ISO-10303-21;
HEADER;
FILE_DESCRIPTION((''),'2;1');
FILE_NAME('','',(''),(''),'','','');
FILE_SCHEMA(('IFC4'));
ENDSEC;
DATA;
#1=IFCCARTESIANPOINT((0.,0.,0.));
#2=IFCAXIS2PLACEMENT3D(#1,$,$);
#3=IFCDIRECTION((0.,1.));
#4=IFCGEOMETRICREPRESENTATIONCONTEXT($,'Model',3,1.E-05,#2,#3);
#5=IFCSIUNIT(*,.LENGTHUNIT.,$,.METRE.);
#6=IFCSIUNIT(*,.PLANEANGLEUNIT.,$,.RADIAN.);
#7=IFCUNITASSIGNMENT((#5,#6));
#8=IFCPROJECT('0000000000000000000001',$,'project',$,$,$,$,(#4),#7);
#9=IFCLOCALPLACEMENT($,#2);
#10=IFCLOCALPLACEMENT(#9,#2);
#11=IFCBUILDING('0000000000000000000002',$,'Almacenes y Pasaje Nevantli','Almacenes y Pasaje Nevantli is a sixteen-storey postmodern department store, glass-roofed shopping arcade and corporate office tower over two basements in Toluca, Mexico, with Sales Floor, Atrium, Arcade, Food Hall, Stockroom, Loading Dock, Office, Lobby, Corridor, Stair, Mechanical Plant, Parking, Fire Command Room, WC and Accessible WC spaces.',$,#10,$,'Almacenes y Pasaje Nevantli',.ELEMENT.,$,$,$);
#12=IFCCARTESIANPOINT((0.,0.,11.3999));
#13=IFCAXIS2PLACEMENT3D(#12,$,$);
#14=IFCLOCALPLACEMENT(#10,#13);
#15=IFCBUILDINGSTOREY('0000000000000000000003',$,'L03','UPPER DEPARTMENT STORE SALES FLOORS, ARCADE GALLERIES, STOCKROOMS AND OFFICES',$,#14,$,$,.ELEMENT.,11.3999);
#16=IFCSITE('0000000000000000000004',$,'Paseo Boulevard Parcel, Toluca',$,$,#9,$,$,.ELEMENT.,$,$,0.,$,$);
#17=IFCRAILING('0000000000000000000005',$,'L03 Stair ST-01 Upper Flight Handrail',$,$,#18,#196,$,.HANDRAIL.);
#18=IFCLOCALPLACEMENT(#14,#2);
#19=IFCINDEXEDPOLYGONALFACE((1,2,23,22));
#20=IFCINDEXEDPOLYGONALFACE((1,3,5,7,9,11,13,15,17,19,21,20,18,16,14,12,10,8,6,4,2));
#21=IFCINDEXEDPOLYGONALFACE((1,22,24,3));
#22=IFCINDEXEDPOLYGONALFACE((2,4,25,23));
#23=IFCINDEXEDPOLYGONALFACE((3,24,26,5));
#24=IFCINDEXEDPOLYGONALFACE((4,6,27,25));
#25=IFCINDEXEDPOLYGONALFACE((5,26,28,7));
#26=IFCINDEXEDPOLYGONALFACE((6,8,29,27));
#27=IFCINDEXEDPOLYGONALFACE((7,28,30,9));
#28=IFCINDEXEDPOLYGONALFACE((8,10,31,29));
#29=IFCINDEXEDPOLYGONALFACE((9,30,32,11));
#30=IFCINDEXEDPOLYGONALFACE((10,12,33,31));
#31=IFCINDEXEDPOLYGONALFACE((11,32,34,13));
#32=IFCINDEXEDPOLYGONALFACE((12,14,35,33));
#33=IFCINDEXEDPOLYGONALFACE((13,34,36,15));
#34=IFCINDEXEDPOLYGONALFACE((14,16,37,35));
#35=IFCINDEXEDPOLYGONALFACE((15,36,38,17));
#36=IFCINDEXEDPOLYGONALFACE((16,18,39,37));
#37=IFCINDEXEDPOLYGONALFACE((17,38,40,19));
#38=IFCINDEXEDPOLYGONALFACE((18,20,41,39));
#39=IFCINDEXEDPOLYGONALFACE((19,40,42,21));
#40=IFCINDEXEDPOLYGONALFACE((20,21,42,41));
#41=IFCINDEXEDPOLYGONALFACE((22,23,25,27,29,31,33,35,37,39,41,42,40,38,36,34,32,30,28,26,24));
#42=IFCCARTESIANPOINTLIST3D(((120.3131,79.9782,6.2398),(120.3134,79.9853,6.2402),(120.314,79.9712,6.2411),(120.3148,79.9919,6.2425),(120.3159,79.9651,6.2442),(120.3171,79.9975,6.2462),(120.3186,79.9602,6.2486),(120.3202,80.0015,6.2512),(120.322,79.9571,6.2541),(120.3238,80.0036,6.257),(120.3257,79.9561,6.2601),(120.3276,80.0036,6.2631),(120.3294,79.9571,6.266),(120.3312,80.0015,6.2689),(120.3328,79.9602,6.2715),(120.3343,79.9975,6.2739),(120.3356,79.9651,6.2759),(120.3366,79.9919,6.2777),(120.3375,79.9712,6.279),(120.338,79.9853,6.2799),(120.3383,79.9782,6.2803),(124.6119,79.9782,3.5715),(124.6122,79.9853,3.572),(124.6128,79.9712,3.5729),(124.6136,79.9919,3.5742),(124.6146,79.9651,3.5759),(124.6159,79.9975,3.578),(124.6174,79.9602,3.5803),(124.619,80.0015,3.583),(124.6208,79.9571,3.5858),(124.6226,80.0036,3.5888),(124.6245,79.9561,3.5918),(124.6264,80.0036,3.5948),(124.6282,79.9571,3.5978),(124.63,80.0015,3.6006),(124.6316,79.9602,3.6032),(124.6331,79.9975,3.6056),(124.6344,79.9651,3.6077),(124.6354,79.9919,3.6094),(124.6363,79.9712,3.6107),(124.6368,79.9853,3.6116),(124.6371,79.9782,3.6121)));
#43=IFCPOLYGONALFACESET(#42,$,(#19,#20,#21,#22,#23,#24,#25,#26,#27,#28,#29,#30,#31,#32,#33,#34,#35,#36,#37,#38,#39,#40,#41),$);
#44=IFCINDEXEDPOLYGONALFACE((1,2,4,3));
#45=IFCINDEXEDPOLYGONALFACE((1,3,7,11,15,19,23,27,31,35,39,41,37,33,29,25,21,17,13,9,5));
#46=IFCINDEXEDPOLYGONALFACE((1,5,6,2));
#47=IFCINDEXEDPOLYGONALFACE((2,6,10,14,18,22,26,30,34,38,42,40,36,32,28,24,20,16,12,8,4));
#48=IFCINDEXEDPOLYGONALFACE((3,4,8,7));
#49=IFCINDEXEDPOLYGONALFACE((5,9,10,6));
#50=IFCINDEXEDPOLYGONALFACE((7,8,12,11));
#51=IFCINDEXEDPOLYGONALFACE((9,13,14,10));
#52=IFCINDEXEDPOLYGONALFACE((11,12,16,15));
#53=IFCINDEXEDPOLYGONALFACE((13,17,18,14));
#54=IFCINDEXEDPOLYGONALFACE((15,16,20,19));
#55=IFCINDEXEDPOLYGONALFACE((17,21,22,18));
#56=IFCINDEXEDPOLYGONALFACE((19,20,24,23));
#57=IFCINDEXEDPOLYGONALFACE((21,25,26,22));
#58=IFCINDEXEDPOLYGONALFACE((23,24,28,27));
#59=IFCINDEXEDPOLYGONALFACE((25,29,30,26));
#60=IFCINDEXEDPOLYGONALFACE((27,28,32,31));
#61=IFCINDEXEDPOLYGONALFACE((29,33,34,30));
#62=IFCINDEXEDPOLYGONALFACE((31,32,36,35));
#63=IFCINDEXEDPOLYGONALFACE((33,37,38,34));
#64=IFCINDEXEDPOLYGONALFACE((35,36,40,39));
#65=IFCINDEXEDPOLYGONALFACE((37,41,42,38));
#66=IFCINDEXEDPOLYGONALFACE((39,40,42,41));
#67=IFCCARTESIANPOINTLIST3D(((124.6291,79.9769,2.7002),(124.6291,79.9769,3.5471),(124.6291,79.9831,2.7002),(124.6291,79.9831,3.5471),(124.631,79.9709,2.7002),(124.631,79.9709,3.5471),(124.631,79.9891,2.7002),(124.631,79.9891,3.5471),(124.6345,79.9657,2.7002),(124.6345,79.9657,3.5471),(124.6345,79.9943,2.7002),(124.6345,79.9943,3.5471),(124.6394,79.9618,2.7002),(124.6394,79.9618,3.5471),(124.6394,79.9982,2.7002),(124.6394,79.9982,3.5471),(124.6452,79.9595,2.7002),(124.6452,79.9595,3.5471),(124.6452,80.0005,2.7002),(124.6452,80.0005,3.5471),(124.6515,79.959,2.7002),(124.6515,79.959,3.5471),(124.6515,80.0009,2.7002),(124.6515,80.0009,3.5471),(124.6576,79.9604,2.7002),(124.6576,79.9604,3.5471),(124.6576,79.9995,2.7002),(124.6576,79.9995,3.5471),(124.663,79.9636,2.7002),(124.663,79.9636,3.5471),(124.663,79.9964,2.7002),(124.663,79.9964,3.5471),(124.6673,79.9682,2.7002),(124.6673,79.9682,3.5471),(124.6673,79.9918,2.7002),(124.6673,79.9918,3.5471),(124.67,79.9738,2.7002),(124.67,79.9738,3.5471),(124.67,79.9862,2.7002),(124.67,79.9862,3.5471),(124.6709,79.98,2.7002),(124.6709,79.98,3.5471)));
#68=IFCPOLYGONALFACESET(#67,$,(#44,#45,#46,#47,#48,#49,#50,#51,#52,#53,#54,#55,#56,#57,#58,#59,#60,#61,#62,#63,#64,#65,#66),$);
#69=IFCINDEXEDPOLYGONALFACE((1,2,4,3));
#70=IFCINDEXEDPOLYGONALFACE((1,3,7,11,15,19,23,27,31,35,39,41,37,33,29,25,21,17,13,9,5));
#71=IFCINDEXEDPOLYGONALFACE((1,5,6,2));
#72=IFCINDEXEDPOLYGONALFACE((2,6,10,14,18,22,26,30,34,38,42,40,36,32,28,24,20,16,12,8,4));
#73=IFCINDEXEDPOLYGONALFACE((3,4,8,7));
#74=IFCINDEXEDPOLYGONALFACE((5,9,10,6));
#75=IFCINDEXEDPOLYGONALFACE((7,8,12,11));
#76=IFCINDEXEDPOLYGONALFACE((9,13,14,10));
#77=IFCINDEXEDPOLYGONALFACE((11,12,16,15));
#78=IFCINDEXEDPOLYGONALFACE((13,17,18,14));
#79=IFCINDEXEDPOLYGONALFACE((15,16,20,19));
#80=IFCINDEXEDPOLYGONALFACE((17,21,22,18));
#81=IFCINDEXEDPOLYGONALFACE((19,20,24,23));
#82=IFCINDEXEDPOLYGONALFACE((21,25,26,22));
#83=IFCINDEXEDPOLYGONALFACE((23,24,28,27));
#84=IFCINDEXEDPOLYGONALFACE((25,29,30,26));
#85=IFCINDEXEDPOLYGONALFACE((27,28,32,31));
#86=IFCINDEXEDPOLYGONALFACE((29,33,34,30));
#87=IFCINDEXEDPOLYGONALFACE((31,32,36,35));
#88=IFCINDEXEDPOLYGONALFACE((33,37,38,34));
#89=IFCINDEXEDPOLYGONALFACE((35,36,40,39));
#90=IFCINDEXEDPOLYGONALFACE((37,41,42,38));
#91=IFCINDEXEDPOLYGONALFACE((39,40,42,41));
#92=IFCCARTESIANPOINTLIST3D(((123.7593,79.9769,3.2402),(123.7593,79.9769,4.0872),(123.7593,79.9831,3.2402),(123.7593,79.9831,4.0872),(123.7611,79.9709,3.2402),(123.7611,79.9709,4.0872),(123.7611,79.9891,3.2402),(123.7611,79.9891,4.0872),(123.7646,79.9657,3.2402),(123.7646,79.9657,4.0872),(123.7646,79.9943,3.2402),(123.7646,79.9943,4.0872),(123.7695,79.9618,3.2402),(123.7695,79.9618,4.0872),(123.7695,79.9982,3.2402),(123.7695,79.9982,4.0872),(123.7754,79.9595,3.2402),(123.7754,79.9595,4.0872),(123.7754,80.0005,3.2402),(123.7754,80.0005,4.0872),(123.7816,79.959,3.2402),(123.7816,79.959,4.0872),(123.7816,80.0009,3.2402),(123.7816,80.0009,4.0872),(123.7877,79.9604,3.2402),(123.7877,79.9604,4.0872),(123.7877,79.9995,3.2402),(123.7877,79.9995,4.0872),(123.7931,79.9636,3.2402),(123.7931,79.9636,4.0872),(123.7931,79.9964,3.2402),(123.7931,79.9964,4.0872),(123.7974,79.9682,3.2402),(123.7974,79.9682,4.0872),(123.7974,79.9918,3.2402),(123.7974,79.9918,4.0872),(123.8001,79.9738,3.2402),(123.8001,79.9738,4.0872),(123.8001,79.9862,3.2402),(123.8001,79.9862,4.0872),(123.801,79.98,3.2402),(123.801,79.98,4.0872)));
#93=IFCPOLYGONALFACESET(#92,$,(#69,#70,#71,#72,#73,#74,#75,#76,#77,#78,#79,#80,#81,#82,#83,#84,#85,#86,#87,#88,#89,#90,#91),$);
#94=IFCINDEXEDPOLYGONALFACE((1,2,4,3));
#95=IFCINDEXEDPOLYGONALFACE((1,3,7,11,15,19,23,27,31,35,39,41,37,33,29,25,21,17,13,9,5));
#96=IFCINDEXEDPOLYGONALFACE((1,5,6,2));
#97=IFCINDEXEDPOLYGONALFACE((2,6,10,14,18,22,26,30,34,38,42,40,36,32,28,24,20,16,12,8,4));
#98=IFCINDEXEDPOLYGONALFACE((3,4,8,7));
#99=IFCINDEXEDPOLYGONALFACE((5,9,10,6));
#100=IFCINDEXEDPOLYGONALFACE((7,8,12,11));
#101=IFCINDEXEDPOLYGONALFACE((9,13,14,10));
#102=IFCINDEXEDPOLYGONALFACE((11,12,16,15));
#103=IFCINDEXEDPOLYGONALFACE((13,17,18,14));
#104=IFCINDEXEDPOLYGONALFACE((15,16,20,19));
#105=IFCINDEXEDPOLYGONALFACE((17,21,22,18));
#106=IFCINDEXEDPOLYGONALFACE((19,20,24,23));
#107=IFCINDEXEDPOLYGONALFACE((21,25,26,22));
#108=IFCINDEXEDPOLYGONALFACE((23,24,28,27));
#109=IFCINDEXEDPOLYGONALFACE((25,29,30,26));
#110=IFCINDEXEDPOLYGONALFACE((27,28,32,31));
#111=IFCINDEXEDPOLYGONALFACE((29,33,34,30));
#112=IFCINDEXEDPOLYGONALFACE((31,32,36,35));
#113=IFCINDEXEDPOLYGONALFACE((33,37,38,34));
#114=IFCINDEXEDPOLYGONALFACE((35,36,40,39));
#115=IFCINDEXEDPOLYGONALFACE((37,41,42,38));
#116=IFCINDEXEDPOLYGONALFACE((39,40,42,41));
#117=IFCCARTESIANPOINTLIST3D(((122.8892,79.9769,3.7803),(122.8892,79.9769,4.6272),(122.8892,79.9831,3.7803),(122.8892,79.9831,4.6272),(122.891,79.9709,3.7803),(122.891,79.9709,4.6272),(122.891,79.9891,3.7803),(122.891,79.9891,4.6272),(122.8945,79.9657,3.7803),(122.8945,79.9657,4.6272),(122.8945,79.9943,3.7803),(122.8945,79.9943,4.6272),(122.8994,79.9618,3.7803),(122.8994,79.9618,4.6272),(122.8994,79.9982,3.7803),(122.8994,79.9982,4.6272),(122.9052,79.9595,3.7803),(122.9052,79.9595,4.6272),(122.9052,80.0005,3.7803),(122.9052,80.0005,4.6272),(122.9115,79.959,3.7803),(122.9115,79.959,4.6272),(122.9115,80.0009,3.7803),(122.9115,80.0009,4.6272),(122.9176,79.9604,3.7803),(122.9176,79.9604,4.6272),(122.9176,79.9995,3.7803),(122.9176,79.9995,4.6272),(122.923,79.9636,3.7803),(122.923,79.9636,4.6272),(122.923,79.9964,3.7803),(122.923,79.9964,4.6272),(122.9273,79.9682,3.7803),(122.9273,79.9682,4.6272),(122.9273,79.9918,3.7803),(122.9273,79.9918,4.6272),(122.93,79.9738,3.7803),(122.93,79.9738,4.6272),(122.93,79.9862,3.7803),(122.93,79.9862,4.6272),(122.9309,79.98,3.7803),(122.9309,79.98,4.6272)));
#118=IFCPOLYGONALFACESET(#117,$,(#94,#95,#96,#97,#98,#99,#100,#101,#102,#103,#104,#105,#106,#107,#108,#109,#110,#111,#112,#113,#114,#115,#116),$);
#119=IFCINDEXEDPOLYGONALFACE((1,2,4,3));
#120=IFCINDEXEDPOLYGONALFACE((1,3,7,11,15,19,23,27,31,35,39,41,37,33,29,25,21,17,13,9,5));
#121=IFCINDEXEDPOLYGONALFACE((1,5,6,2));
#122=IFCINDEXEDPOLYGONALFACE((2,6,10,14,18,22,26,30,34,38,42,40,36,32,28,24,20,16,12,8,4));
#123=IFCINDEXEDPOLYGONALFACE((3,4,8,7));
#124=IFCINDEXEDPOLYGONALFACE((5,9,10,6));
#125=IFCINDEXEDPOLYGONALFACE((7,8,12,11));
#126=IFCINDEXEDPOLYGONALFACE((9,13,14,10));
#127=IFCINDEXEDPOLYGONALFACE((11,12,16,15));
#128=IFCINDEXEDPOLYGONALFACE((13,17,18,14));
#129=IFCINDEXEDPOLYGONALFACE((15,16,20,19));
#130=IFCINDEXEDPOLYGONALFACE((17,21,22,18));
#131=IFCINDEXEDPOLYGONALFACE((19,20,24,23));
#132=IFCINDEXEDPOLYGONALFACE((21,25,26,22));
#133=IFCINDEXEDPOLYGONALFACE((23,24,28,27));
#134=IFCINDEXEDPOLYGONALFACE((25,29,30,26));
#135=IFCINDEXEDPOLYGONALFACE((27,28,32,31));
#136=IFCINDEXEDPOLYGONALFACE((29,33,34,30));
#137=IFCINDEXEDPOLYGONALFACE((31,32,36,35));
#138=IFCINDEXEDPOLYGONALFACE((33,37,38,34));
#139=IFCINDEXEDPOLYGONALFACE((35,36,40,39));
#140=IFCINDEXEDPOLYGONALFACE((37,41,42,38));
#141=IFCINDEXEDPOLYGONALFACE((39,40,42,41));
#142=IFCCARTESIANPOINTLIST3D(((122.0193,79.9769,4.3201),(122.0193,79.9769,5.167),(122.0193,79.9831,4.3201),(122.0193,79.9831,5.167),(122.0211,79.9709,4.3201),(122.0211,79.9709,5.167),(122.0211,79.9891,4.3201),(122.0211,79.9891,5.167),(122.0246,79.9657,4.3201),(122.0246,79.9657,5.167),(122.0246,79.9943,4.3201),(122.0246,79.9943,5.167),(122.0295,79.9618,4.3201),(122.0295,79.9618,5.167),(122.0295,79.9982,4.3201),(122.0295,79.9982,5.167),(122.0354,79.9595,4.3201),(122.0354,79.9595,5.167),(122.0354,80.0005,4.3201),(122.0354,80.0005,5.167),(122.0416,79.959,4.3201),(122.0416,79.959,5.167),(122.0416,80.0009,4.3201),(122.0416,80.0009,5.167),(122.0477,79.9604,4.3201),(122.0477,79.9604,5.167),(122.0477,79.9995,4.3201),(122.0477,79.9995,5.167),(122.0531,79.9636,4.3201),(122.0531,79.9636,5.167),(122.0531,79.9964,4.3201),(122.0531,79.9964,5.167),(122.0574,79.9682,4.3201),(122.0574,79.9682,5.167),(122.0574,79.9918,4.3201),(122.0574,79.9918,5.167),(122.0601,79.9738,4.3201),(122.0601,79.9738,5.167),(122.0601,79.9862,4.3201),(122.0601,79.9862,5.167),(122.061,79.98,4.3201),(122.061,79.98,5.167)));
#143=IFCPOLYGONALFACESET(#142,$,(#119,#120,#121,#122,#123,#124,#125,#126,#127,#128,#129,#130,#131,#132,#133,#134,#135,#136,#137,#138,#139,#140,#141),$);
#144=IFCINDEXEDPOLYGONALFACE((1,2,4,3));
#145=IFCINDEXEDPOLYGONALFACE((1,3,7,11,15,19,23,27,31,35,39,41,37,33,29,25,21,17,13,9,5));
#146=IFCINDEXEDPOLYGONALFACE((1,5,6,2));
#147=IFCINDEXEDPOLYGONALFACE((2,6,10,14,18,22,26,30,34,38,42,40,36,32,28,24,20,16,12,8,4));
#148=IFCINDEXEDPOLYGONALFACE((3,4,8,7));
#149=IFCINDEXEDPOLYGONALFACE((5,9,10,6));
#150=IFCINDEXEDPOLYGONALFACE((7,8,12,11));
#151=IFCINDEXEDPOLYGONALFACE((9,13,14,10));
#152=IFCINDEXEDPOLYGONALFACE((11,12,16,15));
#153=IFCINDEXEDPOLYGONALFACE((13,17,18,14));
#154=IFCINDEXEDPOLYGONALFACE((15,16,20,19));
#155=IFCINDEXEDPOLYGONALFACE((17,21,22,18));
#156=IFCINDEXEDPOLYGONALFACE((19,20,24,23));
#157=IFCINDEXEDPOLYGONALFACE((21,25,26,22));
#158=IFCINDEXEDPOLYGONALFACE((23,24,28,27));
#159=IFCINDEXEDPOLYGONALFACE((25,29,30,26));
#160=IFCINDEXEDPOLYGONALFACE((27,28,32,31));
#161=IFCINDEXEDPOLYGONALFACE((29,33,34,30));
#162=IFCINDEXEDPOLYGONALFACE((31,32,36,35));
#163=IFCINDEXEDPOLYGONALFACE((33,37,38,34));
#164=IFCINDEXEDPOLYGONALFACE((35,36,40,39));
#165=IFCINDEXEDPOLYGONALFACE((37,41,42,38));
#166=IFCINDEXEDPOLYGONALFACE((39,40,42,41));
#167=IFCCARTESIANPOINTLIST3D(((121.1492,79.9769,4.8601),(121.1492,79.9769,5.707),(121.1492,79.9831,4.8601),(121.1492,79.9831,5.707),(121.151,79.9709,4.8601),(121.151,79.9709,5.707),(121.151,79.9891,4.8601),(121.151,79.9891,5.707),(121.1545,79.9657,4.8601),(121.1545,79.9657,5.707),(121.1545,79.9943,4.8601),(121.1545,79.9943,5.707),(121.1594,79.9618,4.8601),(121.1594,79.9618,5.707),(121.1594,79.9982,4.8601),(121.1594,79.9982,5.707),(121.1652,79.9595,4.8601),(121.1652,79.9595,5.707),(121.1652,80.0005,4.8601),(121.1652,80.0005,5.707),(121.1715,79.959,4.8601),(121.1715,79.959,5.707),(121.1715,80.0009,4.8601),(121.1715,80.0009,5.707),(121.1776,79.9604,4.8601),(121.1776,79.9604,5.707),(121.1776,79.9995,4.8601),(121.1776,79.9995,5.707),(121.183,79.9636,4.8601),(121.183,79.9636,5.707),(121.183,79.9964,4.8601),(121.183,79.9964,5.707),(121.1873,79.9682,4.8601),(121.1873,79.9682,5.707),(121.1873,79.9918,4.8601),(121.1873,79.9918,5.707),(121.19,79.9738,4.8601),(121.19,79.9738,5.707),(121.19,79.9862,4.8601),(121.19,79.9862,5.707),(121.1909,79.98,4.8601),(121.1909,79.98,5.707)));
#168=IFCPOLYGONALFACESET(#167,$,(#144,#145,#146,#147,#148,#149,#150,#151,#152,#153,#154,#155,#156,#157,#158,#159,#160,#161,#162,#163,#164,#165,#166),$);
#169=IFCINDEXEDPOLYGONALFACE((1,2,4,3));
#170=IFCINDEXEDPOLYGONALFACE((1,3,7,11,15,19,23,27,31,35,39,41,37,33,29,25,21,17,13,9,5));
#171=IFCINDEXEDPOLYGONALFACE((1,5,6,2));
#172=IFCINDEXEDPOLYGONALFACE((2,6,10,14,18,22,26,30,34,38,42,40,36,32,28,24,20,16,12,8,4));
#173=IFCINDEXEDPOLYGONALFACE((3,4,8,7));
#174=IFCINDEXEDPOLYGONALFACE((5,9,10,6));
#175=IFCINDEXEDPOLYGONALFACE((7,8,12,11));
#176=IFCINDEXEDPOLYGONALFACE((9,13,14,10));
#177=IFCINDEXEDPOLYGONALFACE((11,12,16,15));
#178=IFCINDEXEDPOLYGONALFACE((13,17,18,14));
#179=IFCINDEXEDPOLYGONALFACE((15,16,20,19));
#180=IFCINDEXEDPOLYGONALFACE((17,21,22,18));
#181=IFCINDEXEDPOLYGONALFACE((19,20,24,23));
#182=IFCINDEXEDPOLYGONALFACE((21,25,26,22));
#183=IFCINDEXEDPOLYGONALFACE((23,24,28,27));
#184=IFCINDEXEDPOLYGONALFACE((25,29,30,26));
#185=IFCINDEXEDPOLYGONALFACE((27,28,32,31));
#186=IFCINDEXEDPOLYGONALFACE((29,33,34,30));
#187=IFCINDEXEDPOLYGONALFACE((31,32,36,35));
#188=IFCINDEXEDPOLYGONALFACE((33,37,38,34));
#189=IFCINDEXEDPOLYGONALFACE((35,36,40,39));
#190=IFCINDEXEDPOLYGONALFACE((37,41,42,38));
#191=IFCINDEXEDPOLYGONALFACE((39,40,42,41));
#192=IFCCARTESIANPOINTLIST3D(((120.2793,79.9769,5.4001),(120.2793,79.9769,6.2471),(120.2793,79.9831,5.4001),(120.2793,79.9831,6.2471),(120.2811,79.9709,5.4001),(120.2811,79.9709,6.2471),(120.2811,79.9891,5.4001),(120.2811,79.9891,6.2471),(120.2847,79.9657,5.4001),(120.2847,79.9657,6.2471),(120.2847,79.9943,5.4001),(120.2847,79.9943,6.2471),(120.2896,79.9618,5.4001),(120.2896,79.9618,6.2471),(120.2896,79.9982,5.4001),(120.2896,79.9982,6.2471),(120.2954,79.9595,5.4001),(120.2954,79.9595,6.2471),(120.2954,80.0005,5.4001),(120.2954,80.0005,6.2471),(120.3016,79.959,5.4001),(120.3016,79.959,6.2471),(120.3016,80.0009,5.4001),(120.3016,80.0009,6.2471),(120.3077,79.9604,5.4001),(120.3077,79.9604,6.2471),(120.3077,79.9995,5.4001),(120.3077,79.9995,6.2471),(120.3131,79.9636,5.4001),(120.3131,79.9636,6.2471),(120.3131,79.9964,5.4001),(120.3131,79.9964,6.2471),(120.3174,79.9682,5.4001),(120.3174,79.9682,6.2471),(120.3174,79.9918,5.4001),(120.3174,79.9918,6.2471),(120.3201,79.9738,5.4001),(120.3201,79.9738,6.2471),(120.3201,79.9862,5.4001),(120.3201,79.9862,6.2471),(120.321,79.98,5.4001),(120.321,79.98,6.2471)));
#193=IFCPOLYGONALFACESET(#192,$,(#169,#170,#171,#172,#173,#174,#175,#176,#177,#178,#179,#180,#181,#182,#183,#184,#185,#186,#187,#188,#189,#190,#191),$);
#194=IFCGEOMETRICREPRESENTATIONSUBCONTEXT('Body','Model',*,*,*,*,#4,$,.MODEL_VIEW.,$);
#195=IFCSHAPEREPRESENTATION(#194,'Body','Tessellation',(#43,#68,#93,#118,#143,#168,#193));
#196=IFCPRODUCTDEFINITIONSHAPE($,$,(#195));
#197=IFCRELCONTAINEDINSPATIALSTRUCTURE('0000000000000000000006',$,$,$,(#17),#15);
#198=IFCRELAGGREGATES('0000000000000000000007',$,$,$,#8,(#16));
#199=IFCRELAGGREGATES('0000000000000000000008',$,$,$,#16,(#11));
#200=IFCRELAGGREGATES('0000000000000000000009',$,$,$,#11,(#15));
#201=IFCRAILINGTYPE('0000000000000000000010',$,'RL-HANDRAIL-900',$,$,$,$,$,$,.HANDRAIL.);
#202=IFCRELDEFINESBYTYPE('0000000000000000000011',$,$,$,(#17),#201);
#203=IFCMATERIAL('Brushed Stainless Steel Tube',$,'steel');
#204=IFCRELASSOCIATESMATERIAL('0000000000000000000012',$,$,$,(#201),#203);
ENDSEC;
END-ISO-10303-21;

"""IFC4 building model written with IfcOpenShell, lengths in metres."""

from ifc_helpers import new_model, si_unit, direction, frame, origin, origin_2d, place, context, subcontext, project, spatial, circle, extrude, material, type_object, element, save


model = new_model("IFC4")

# Units and contexts
model_context = context("Model", 3, precision=1e-05, world=origin(), true_north=direction((0.0, 1.0)))
body_context = subcontext(model_context, "Body", "Model", "MODEL_VIEW")
ifc_project = project(units=[si_unit("LENGTHUNIT", "METRE"), si_unit("PLANEANGLEUNIT", "RADIAN")], contexts=[model_context])

# Site, building, storey
site_placement = place(None, origin())
site = spatial("IfcSite", under=ifc_project, at=site_placement, Name="Paseo Boulevard Parcel, Toluca", CompositionType="ELEMENT", RefElevation=0.0)
building_placement = place(site_placement, origin())
building = spatial("IfcBuilding", under=site, at=building_placement, Name="Almacenes y Pasaje Nevantli", Description="Almacenes y Pasaje Nevantli is a sixteen-storey postmodern department store, glass-roofed shopping arcade and corporate office tower over two basements in Toluca, Mexico, with Sales Floor, Atrium, Arcade, Food Hall, Stockroom, Loading Dock, Office, Lobby, Corridor, Stair, Mechanical Plant, Parking, Fire Command Room, WC and Accessible WC spaces.", LongName="Almacenes y Pasaje Nevantli", CompositionType="ELEMENT")
storey_placement = place(building_placement, frame((0.0, 0.0, 11.3999)))
storey = spatial("IfcBuildingStorey", under=building, at=storey_placement, Name="L03", Description="UPPER DEPARTMENT STORE SALES FLOORS, ARCADE GALLERIES, STOCKROOMS AND OFFICES", CompositionType="ELEMENT", Elevation=11.3999)

# Railing
ifc_material_1 = material(Name="Brushed Stainless Steel Tube", Category="steel")
railing_type_1 = type_object("IfcRailingType", Name="RL-HANDRAIL-900", PredefinedType="HANDRAIL", material=ifc_material_1)
railing_1_placement = place(storey_placement, frame((124.6499, 79.98, 2.7002)))
element("IfcRailing", 1, at=railing_1_placement, inside=storey, type_object=railing_type_1, Name="L03 Stair ST-01 Upper Flight Handrail", PredefinedType="HANDRAIL", context=body_context, shape_type="SweptSolid", body=[
    extrude(circle(Radius=0.0239, at=origin_2d()), frame((-0.0254, 0.0, 0.8916), z_axis=(-0.849636, 0.0, 0.527369), x_axis=(0.0, -1.0, 0.0)), (0.0, 0.0, 1.0), 5.0596),
    extrude(circle(Radius=0.021, at=origin_2d()), origin(), (0.0, 0.0, 1.0), 0.8469),
    extrude(circle(Radius=0.021, at=origin_2d()), frame((-0.8699, 0.0, 0.54)), (0.0, 0.0, 1.0), 0.8469),
    extrude(circle(Radius=0.021, at=origin_2d()), frame((-1.74, 0.0, 1.0801)), (0.0, 0.0, 1.0), 0.8469),
    extrude(circle(Radius=0.021, at=origin_2d()), frame((-2.6099, 0.0, 1.6199)), (0.0, 0.0, 1.0), 0.8469),
    extrude(circle(Radius=0.021, at=origin_2d()), frame((-3.48, 0.0, 2.1599)), (0.0, 0.0, 1.0), 0.8469),
    extrude(circle(Radius=0.021, at=origin_2d()), frame((-4.3499, 0.0, 2.7)), (0.0, 0.0, 1.0), 0.8469),
])

save(model, "model.ifc")
